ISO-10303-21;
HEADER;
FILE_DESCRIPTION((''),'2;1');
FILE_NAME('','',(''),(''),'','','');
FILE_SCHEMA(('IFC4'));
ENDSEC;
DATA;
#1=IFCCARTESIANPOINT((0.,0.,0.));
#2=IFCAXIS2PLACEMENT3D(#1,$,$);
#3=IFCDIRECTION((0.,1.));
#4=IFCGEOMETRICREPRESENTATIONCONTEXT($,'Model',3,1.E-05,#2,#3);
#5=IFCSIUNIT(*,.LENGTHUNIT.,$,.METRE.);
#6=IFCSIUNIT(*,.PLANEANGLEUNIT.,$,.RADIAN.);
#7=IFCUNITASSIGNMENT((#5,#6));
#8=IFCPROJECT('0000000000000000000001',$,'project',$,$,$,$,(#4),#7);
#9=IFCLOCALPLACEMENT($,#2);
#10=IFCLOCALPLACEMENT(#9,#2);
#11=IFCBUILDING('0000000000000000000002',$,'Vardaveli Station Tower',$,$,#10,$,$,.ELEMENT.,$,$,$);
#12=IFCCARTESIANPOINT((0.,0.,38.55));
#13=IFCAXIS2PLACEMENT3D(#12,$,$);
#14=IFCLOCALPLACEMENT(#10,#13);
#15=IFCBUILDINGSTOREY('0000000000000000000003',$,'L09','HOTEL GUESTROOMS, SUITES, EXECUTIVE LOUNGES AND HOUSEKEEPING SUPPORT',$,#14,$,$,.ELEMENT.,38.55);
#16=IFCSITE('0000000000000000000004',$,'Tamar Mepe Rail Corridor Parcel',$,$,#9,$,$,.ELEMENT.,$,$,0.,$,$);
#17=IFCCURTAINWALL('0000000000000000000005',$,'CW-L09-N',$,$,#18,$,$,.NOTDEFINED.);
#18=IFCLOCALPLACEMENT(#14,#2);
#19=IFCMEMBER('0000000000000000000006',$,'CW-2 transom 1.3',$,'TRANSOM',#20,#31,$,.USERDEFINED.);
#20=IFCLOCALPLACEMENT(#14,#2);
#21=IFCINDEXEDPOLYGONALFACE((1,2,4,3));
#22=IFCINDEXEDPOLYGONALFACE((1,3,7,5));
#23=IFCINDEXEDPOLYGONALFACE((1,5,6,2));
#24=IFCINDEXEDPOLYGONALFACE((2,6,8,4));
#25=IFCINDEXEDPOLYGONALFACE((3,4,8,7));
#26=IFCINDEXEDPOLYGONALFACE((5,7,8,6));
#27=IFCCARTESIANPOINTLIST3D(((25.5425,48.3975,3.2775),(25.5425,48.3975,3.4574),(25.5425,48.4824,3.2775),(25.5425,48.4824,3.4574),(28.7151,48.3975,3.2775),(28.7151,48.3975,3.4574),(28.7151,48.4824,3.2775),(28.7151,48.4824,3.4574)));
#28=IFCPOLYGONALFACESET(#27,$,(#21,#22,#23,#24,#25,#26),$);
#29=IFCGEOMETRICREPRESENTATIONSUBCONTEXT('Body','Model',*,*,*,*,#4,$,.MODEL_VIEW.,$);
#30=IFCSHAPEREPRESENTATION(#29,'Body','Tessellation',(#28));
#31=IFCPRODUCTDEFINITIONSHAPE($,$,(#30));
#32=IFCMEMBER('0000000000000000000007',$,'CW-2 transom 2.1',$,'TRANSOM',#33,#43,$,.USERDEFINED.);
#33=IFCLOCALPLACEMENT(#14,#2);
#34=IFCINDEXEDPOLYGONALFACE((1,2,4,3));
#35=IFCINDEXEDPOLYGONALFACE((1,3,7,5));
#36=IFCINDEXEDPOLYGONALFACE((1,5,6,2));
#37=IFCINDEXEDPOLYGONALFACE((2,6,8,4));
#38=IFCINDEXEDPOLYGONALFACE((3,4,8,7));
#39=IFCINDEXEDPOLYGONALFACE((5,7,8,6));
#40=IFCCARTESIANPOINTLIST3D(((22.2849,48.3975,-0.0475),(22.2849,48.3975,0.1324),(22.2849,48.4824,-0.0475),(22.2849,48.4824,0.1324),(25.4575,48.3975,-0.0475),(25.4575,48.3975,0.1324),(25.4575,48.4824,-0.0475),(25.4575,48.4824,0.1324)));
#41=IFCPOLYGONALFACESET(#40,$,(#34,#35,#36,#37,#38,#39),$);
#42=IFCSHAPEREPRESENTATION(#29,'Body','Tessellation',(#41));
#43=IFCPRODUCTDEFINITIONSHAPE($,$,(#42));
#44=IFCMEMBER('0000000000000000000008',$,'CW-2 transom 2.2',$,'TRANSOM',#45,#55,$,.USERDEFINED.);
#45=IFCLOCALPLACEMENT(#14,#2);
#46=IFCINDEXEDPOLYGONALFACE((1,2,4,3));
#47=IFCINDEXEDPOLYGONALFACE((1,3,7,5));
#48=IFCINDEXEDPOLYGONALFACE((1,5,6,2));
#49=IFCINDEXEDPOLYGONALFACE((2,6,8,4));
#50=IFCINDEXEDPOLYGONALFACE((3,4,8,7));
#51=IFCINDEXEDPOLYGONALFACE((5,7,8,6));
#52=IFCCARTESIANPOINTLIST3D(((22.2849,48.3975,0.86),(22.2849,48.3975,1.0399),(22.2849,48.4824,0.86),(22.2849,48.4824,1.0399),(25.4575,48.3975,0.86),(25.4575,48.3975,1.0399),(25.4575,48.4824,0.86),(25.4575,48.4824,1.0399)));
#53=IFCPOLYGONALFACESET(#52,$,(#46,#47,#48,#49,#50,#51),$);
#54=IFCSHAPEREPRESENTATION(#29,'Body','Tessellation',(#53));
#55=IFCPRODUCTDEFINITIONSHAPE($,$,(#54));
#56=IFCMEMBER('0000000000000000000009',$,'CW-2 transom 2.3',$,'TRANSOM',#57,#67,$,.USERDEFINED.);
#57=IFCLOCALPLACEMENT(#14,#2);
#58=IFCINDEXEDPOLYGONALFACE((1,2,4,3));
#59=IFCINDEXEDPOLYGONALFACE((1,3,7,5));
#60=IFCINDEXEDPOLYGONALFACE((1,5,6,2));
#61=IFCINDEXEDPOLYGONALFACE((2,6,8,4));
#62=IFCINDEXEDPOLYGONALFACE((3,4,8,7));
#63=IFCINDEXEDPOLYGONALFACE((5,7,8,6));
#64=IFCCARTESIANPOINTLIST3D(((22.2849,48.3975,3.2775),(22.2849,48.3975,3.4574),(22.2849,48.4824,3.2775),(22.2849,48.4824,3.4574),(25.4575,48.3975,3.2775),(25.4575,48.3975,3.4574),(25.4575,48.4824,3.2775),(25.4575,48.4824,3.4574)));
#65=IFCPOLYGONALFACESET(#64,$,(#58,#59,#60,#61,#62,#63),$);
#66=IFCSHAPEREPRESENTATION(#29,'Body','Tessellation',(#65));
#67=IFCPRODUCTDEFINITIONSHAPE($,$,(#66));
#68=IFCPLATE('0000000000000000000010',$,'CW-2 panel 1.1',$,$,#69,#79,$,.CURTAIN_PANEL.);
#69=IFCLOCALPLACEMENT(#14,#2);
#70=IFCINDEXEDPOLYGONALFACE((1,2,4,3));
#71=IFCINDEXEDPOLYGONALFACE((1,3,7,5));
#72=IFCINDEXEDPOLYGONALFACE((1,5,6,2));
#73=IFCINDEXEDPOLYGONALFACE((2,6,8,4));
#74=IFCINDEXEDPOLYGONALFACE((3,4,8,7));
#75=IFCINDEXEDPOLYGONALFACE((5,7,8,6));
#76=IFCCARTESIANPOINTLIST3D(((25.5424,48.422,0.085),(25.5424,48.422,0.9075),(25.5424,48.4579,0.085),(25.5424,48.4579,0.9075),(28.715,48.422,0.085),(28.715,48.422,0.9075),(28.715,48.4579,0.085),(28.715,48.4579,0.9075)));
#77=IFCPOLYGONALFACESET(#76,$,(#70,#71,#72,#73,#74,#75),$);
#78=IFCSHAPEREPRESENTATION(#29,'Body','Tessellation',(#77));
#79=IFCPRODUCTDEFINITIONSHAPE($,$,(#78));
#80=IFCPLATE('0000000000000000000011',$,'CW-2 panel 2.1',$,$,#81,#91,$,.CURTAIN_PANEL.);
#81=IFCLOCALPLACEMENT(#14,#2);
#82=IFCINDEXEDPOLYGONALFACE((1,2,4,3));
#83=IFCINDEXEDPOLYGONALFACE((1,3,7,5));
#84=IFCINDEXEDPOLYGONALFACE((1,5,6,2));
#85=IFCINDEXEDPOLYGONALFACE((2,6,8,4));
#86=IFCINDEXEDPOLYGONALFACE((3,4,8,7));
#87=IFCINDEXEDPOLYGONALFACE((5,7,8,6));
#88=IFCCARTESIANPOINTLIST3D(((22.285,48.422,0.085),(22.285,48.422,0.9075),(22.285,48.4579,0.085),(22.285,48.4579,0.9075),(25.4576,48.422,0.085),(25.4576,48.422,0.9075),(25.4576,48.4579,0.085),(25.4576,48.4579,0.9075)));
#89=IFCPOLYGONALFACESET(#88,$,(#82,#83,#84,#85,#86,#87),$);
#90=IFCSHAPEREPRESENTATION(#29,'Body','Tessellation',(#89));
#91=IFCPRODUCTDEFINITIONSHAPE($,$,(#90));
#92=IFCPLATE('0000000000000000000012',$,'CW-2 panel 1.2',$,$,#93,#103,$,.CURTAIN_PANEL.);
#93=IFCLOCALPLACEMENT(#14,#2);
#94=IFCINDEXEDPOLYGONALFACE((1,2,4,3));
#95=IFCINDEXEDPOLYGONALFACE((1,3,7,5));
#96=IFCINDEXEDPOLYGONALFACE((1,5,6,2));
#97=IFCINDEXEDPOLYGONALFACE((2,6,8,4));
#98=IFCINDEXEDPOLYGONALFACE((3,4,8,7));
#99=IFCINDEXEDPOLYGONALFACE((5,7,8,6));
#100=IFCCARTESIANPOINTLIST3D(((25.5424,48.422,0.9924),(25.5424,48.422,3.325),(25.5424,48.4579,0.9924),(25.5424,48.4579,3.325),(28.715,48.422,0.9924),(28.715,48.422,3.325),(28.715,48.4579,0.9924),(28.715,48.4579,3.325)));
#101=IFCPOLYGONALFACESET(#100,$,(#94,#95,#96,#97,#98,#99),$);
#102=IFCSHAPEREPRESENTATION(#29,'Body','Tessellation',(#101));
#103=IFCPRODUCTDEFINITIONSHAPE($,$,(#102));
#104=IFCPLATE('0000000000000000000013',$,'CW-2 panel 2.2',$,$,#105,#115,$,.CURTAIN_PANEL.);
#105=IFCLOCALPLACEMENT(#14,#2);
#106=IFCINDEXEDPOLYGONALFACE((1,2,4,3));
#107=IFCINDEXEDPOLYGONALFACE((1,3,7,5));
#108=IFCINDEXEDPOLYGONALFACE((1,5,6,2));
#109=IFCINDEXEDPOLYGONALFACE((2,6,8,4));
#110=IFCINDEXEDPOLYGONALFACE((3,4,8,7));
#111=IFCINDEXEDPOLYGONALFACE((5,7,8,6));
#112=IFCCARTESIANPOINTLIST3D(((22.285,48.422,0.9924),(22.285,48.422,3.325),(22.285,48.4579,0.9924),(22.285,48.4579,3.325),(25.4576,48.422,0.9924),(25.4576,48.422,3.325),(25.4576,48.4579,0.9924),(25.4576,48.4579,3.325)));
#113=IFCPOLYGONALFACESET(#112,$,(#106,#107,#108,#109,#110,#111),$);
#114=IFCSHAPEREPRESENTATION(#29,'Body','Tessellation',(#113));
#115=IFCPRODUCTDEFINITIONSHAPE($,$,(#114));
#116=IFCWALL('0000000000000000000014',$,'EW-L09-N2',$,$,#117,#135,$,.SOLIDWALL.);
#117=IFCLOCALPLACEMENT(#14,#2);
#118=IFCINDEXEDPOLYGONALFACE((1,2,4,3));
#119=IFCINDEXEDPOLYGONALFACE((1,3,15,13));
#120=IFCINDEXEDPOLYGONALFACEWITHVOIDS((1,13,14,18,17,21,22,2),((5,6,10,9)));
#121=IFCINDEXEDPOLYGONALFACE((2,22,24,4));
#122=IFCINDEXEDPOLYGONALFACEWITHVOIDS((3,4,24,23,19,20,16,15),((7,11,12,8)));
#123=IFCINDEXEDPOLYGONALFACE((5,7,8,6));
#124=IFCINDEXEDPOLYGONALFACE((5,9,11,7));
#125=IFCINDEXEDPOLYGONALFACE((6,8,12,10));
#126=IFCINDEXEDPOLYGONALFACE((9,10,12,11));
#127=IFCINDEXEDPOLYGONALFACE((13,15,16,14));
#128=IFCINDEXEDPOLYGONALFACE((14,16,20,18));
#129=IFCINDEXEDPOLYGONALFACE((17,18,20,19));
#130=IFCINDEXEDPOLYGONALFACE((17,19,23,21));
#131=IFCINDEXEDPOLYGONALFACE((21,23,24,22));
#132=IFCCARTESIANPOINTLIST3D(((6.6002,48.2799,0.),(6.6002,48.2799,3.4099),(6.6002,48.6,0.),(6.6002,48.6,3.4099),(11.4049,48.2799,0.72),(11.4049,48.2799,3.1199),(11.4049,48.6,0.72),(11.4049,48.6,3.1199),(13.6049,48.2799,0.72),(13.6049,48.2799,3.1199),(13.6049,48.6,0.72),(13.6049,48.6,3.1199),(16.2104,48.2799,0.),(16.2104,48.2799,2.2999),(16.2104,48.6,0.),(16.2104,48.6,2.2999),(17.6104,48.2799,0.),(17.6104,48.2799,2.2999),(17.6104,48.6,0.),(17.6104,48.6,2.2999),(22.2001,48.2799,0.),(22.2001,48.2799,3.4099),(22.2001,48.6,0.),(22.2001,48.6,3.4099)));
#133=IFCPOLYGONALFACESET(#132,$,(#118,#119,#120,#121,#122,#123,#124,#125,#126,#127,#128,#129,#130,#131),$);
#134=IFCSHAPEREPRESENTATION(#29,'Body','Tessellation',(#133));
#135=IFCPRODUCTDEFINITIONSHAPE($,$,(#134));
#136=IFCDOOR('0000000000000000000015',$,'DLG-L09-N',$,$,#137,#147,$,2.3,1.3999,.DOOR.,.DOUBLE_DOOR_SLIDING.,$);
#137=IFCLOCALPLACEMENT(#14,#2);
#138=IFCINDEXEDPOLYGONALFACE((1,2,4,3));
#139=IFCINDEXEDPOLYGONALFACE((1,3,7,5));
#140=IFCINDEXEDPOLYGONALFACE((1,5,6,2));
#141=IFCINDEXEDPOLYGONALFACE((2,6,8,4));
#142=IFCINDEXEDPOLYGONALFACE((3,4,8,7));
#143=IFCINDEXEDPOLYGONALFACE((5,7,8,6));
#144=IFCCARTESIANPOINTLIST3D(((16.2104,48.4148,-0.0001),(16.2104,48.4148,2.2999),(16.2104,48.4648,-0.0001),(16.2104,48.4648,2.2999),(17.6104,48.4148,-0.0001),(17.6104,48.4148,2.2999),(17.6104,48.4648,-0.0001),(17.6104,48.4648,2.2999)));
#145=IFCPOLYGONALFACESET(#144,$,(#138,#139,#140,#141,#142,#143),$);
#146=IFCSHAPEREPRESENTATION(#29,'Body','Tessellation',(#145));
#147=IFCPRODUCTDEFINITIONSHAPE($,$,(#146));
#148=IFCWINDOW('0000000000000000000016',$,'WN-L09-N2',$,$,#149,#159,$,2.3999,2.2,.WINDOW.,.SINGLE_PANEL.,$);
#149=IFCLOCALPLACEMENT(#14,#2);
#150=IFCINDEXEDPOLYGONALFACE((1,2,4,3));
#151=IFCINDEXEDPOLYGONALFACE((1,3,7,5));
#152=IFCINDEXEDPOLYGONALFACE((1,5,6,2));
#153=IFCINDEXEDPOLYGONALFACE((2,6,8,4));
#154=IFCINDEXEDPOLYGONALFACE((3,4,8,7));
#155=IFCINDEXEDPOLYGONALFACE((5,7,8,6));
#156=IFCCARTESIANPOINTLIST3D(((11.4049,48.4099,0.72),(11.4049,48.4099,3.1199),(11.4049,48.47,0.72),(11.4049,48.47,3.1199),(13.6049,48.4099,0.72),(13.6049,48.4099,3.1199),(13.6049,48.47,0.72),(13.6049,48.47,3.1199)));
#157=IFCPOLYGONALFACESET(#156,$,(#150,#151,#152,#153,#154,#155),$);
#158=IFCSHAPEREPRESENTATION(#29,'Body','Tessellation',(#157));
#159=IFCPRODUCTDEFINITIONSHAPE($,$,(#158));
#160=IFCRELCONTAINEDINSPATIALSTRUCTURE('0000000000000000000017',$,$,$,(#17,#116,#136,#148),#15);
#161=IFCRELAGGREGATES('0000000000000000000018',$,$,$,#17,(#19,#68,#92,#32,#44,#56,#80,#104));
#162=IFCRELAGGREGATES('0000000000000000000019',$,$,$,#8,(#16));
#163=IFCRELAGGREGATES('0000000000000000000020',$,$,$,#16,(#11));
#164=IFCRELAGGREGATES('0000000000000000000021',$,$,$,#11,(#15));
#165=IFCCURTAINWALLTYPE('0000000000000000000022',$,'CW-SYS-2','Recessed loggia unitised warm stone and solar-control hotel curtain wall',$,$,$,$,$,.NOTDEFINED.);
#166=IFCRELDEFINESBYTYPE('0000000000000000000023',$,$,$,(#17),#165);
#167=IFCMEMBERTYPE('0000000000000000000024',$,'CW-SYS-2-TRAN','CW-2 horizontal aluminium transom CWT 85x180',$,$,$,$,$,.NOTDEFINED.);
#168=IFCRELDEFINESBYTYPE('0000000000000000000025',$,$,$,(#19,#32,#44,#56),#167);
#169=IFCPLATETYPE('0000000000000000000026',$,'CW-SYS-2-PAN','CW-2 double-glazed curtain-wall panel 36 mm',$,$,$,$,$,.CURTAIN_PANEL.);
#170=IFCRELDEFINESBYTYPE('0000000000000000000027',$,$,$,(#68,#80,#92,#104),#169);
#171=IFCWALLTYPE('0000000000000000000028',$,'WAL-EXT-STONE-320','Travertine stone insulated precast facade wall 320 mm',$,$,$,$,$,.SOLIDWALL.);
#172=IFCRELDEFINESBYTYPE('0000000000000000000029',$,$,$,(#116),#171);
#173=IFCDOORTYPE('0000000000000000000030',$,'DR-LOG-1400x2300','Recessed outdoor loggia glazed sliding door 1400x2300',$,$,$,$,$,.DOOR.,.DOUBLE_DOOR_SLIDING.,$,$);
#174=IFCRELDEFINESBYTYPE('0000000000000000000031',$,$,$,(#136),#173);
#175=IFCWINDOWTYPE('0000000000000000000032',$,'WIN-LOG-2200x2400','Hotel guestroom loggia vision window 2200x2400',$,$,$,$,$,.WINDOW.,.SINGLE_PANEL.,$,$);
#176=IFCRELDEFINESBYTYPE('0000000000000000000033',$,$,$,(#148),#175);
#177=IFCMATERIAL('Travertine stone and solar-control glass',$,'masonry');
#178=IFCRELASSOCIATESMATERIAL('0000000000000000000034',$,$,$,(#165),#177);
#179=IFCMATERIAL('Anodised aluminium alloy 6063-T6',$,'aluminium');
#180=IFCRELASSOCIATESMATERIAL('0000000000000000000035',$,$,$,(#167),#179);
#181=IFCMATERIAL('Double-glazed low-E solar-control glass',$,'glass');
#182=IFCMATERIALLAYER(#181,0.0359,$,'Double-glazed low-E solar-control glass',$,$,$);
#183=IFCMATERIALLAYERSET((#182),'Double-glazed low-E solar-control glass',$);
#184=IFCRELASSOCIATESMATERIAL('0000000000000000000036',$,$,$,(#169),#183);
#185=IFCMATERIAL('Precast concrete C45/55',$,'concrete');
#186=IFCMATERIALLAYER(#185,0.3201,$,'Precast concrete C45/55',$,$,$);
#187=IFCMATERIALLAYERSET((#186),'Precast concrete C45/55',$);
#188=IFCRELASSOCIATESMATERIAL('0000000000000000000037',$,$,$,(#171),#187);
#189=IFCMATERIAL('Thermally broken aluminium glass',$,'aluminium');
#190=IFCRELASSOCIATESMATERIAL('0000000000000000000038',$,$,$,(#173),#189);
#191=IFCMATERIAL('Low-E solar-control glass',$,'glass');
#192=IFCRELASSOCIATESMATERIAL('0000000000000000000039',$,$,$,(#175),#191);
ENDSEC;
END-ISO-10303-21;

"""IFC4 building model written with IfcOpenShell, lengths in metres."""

from ifc_helpers import new_model, si_unit, direction, frame, frame_2d, origin, origin_2d, place, context, subcontext, project, spatial, rectangle, extrude, source, transform, mapped, material, layer, layer_set, material_profile, profile_set, type_object, element, fill, aggregate, save


model = new_model("IFC4")

# Units and contexts
model_context = context("Model", 3, precision=1e-05, world=origin(), true_north=direction((0.0, 1.0)))
body_context = subcontext(model_context, "Body", "Model", "MODEL_VIEW")
ifc_project = project(units=[si_unit("LENGTHUNIT", "METRE"), si_unit("PLANEANGLEUNIT", "RADIAN")], contexts=[model_context])

# Site, building, storey
site_placement = place(None, origin())
site = spatial("IfcSite", under=ifc_project, at=site_placement, Name="Tamar Mepe Rail Corridor Parcel", CompositionType="ELEMENT", RefElevation=0.0)
building_placement = place(site_placement, origin())
building = spatial("IfcBuilding", under=site, at=building_placement, Name="Vardaveli Station Tower", CompositionType="ELEMENT")
storey_placement = place(building_placement, frame((0.0, 0.0, 38.55)))
storey = spatial("IfcBuildingStorey", under=building, at=storey_placement, Name="L09", Description="HOTEL GUESTROOMS, SUITES, EXECUTIVE LOUNGES AND HOUSEKEEPING SUPPORT", CompositionType="ELEMENT", Elevation=38.55)

# Shared definitions
ifc_material_1 = material(Name="Precast concrete C45/55", Category="concrete")

# Curtain wall, members, plates
ifc_material_2 = material(Name="Travertine stone and solar-control glass", Category="masonry")
curtain_wall_type = type_object("IfcCurtainWallType", Name="CW-SYS-2", Description="Recessed loggia unitised warm stone and solar-control hotel curtain wall", PredefinedType="NOTDEFINED", material=ifc_material_2)
curtain_wall_placement = place(storey_placement, origin())
curtain_wall = element("IfcCurtainWall", 1, at=curtain_wall_placement, inside=storey, type_object=curtain_wall_type, Name="CW-L09-N", PredefinedType="NOTDEFINED")
ifc_material_3 = material(Name="Anodised aluminium alloy 6063-T6", Category="aluminium")
ifc_material_profile_1 = material_profile(ifc_material_3, rectangle(XDim=0.085, YDim=0.1799, at=origin_2d()), Name="CWT 85x180")
ifc_profile_set_1 = profile_set([ifc_material_profile_1], Name="Anodised aluminium alloy 6063-T6")
member_type_1 = type_object("IfcMemberType", Name="CW-SYS-2-TRAN", Description="CW-2 horizontal aluminium transom CWT 85x180", PredefinedType="NOTDEFINED", material=ifc_profile_set_1)
shared_shape_1 = source(origin(), body_context, "Body", "SweptSolid", [
    extrude(rectangle(XDim=0.085, YDim=0.1799, at=origin_2d()), origin(), (0.0, 0.0, 1.0), 3.1726),
])
member_1_placement = place(storey_placement, frame((28.7151, 48.4399, 3.3674), z_axis=(-1.0, 0.0, 0.0), x_axis=(0.0, -1.0, 0.0)))
member_1 = element("IfcMember", 2, at=member_1_placement, type_object=member_type_1, Name="CW-2 transom 1.3", ObjectType="TRANSOM", PredefinedType="USERDEFINED", context=body_context, shape_type="MappedRepresentation", body=[
    mapped(shared_shape_1, transform((0.0, 0.0, 0.0), scale=1.0)),
])
member_2_placement = place(storey_placement, frame((25.4575, 48.4399, 0.0425), z_axis=(-1.0, 0.0, 0.0), x_axis=(0.0, -1.0, 0.0)))
member_2 = element("IfcMember", 3, at=member_2_placement, type_object=member_type_1, Name="CW-2 transom 2.1", ObjectType="TRANSOM", PredefinedType="USERDEFINED", context=body_context, shape_type="MappedRepresentation", body=[
    mapped(shared_shape_1, transform((0.0, 0.0, 0.0), scale=1.0)),
])
member_3_placement = place(storey_placement, frame((25.4575, 48.4399, 0.95), z_axis=(-1.0, 0.0, 0.0), x_axis=(0.0, -1.0, 0.0)))
member_3 = element("IfcMember", 4, at=member_3_placement, type_object=member_type_1, Name="CW-2 transom 2.2", ObjectType="TRANSOM", PredefinedType="USERDEFINED", context=body_context, shape_type="MappedRepresentation", body=[
    mapped(shared_shape_1, transform((0.0, 0.0, 0.0), scale=1.0)),
])
member_4_placement = place(storey_placement, frame((25.4575, 48.4399, 3.3674), z_axis=(-1.0, 0.0, 0.0), x_axis=(0.0, -1.0, 0.0)))
member_4 = element("IfcMember", 5, at=member_4_placement, type_object=member_type_1, Name="CW-2 transom 2.3", ObjectType="TRANSOM", PredefinedType="USERDEFINED", context=body_context, shape_type="MappedRepresentation", body=[
    mapped(shared_shape_1, transform((0.0, 0.0, 0.0), scale=1.0)),
])
ifc_material_4 = material(Name="Double-glazed low-E solar-control glass", Category="glass")
ifc_layer_1 = layer(ifc_material_4, 0.0359, Name="Double-glazed low-E solar-control glass")
ifc_layer_set_1 = layer_set([ifc_layer_1], Name="Double-glazed low-E solar-control glass")
plate_type = type_object("IfcPlateType", Name="CW-SYS-2-PAN", Description="CW-2 double-glazed curtain-wall panel 36 mm", PredefinedType="CURTAIN_PANEL", material=ifc_layer_set_1)
shared_shape_2 = source(origin(), body_context, "Body", "SweptSolid", [
    extrude(rectangle(XDim=3.1726, YDim=0.0359, at=origin_2d()), origin(), (0.0, 0.0, 1.0), 0.8225),
])
plate_1_placement = place(storey_placement, frame((27.1287, 48.4399, 0.085), z_axis=(0.0, 0.0, 1.0), x_axis=(-1.0, 0.0, 0.0)))
plate_1 = element("IfcPlate", 6, at=plate_1_placement, type_object=plate_type, Name="CW-2 panel 1.1", PredefinedType="CURTAIN_PANEL", context=body_context, shape_type="MappedRepresentation", body=[
    mapped(shared_shape_2, transform((0.0, 0.0, 0.0), scale=1.0)),
])
plate_2_placement = place(storey_placement, frame((23.8713, 48.4399, 0.085), z_axis=(0.0, 0.0, 1.0), x_axis=(-1.0, 0.0, 0.0)))
plate_2 = element("IfcPlate", 7, at=plate_2_placement, type_object=plate_type, Name="CW-2 panel 2.1", PredefinedType="CURTAIN_PANEL", context=body_context, shape_type="MappedRepresentation", body=[
    mapped(shared_shape_2, transform((0.0, 0.0, 0.0), scale=1.0)),
])
shared_shape_3 = source(origin(), body_context, "Body", "SweptSolid", [
    extrude(rectangle(XDim=3.1726, YDim=0.0359, at=origin_2d()), origin(), (0.0, 0.0, 1.0), 2.3325),
])
plate_3_placement = place(storey_placement, frame((27.1287, 48.4399, 0.9924), z_axis=(0.0, 0.0, 1.0), x_axis=(-1.0, 0.0, 0.0)))
plate_3 = element("IfcPlate", 8, at=plate_3_placement, type_object=plate_type, Name="CW-2 panel 1.2", PredefinedType="CURTAIN_PANEL", context=body_context, shape_type="MappedRepresentation", body=[
    mapped(shared_shape_3, transform((0.0, 0.0, 0.0), scale=1.0)),
])
plate_4_placement = place(storey_placement, frame((23.8713, 48.4399, 0.9924), z_axis=(0.0, 0.0, 1.0), x_axis=(-1.0, 0.0, 0.0)))
plate_4 = element("IfcPlate", 9, at=plate_4_placement, type_object=plate_type, Name="CW-2 panel 2.2", PredefinedType="CURTAIN_PANEL", context=body_context, shape_type="MappedRepresentation", body=[
    mapped(shared_shape_3, transform((0.0, 0.0, 0.0), scale=1.0)),
])
aggregate(curtain_wall, [member_1, plate_1, plate_3, member_2, member_3, member_4, plate_2, plate_4])

# Wall, openings, door, window
ifc_layer_2 = layer(ifc_material_1, 0.3201, Name="Precast concrete C45/55")
ifc_layer_set_2 = layer_set([ifc_layer_2], Name="Precast concrete C45/55")
wall_type_1 = type_object("IfcWallType", Name="WAL-EXT-STONE-320", Description="Travertine stone insulated precast facade wall 320 mm", PredefinedType="SOLIDWALL", material=ifc_layer_set_2)
shared_shape_4 = source(origin(), body_context, "Body", "SweptSolid", [
    extrude(rectangle(XDim=15.5999, YDim=0.3201, at=frame_2d((7.7998, 0.0))), origin(), (0.0, 0.0, 1.0), 3.4099),
])
wall_1_placement = place(storey_placement, frame((22.2, 48.4399, 0.0), z_axis=(0.0, 0.0, 1.0), x_axis=(-1.0, 0.0, 0.0)))
wall_1 = element("IfcWall", 10, at=wall_1_placement, inside=storey, type_object=wall_type_1, Name="EW-L09-N2", PredefinedType="SOLIDWALL", context=body_context, shape_type="MappedRepresentation", body=[
    mapped(shared_shape_4, transform((0.0, 0.0, 0.0), scale=1.0)),
])
shared_shape_5 = source(origin(), body_context, "Body", "SweptSolid", [
    extrude(rectangle(XDim=1.3999, YDim=2.3, at=frame_2d((0.7, 1.1499))), frame((0.0, 0.1699, 0.0), z_axis=(0.0, -1.0, 0.0), x_axis=(1.0, 0.0, 0.0)), (0.0, 0.0, 1.0), 0.3401),
])
opening_1_placement = place(wall_1_placement, frame((4.5896, 0.0, 0.0)))
opening_1 = element("IfcOpeningElement", 11, at=opening_1_placement, cuts=wall_1, PredefinedType="OPENING", context=body_context, shape_type="MappedRepresentation", body=[
    mapped(shared_shape_5, transform((0.0, 0.0, 0.0), scale=1.0)),
])
shared_shape_6 = source(origin(), body_context, "Body", "SweptSolid", [
    extrude(rectangle(XDim=2.2, YDim=2.3999, at=frame_2d((1.1001, 1.2))), frame((0.0, 0.1699, 0.0), z_axis=(0.0, -1.0, 0.0), x_axis=(1.0, 0.0, 0.0)), (0.0, 0.0, 1.0), 0.3401),
])
opening_2_placement = place(wall_1_placement, frame((8.595, 0.0, 0.72)))
opening_2 = element("IfcOpeningElement", 12, at=opening_2_placement, cuts=wall_1, PredefinedType="OPENING", context=body_context, shape_type="MappedRepresentation", body=[
    mapped(shared_shape_6, transform((0.0, 0.0, 0.0), scale=1.0)),
])
ifc_material_5 = material(Name="Thermally broken aluminium glass", Category="aluminium")
door_type_1 = type_object("IfcDoorType", Name="DR-LOG-1400x2300", Description="Recessed outdoor loggia glazed sliding door 1400x2300", OperationType="DOUBLE_DOOR_SLIDING", PredefinedType="DOOR", material=ifc_material_5)
shared_shape_7 = source(origin(), body_context, "Body", "SweptSolid", [
    extrude(rectangle(XDim=1.3999, YDim=2.3, at=frame_2d((0.7, 1.1499))), frame((0.0, 0.0249, 0.0), z_axis=(0.0, -1.0, 0.0), x_axis=(1.0, 0.0, 0.0)), (0.0, 0.0, 1.0), 0.05),
])
door_1_placement = place(opening_1_placement, frame((1.3999, 0.0, 0.0), z_axis=(0.0, 0.0, 1.0), x_axis=(-1.0, 0.0, 0.0)))
door_1 = element("IfcDoor", 13, at=door_1_placement, inside=storey, type_object=door_type_1, Name="DLG-L09-N", OperationType="DOUBLE_DOOR_SLIDING", OverallHeight=2.3, OverallWidth=1.3999, PredefinedType="DOOR", context=body_context, shape_type="MappedRepresentation", body=[
    mapped(shared_shape_7, transform((0.0, 0.0, 0.0), scale=1.0)),
])
fill(opening_1, door_1)
ifc_material_6 = material(Name="Low-E solar-control glass", Category="glass")
window_type = type_object("IfcWindowType", Name="WIN-LOG-2200x2400", Description="Hotel guestroom loggia vision window 2200x2400", PartitioningType="SINGLE_PANEL", PredefinedType="WINDOW", material=ifc_material_6)
shared_shape_8 = source(origin(), body_context, "Body", "SweptSolid", [
    extrude(rectangle(XDim=2.2, YDim=2.3999, at=frame_2d((1.1001, 1.2))), frame((0.0, 0.03, 0.0), z_axis=(0.0, -1.0, 0.0), x_axis=(1.0, 0.0, 0.0)), (0.0, 0.0, 1.0), 0.0601),
])
window_placement = place(opening_2_placement, origin())
window = element("IfcWindow", 14, at=window_placement, inside=storey, type_object=window_type, Name="WN-L09-N2", OverallHeight=2.3999, OverallWidth=2.2, PartitioningType="SINGLE_PANEL", PredefinedType="WINDOW", context=body_context, shape_type="MappedRepresentation", body=[
    mapped(shared_shape_8, transform((0.0, 0.0, 0.0), scale=1.0)),
])
fill(opening_2, window)

save(model, "model.ifc")
